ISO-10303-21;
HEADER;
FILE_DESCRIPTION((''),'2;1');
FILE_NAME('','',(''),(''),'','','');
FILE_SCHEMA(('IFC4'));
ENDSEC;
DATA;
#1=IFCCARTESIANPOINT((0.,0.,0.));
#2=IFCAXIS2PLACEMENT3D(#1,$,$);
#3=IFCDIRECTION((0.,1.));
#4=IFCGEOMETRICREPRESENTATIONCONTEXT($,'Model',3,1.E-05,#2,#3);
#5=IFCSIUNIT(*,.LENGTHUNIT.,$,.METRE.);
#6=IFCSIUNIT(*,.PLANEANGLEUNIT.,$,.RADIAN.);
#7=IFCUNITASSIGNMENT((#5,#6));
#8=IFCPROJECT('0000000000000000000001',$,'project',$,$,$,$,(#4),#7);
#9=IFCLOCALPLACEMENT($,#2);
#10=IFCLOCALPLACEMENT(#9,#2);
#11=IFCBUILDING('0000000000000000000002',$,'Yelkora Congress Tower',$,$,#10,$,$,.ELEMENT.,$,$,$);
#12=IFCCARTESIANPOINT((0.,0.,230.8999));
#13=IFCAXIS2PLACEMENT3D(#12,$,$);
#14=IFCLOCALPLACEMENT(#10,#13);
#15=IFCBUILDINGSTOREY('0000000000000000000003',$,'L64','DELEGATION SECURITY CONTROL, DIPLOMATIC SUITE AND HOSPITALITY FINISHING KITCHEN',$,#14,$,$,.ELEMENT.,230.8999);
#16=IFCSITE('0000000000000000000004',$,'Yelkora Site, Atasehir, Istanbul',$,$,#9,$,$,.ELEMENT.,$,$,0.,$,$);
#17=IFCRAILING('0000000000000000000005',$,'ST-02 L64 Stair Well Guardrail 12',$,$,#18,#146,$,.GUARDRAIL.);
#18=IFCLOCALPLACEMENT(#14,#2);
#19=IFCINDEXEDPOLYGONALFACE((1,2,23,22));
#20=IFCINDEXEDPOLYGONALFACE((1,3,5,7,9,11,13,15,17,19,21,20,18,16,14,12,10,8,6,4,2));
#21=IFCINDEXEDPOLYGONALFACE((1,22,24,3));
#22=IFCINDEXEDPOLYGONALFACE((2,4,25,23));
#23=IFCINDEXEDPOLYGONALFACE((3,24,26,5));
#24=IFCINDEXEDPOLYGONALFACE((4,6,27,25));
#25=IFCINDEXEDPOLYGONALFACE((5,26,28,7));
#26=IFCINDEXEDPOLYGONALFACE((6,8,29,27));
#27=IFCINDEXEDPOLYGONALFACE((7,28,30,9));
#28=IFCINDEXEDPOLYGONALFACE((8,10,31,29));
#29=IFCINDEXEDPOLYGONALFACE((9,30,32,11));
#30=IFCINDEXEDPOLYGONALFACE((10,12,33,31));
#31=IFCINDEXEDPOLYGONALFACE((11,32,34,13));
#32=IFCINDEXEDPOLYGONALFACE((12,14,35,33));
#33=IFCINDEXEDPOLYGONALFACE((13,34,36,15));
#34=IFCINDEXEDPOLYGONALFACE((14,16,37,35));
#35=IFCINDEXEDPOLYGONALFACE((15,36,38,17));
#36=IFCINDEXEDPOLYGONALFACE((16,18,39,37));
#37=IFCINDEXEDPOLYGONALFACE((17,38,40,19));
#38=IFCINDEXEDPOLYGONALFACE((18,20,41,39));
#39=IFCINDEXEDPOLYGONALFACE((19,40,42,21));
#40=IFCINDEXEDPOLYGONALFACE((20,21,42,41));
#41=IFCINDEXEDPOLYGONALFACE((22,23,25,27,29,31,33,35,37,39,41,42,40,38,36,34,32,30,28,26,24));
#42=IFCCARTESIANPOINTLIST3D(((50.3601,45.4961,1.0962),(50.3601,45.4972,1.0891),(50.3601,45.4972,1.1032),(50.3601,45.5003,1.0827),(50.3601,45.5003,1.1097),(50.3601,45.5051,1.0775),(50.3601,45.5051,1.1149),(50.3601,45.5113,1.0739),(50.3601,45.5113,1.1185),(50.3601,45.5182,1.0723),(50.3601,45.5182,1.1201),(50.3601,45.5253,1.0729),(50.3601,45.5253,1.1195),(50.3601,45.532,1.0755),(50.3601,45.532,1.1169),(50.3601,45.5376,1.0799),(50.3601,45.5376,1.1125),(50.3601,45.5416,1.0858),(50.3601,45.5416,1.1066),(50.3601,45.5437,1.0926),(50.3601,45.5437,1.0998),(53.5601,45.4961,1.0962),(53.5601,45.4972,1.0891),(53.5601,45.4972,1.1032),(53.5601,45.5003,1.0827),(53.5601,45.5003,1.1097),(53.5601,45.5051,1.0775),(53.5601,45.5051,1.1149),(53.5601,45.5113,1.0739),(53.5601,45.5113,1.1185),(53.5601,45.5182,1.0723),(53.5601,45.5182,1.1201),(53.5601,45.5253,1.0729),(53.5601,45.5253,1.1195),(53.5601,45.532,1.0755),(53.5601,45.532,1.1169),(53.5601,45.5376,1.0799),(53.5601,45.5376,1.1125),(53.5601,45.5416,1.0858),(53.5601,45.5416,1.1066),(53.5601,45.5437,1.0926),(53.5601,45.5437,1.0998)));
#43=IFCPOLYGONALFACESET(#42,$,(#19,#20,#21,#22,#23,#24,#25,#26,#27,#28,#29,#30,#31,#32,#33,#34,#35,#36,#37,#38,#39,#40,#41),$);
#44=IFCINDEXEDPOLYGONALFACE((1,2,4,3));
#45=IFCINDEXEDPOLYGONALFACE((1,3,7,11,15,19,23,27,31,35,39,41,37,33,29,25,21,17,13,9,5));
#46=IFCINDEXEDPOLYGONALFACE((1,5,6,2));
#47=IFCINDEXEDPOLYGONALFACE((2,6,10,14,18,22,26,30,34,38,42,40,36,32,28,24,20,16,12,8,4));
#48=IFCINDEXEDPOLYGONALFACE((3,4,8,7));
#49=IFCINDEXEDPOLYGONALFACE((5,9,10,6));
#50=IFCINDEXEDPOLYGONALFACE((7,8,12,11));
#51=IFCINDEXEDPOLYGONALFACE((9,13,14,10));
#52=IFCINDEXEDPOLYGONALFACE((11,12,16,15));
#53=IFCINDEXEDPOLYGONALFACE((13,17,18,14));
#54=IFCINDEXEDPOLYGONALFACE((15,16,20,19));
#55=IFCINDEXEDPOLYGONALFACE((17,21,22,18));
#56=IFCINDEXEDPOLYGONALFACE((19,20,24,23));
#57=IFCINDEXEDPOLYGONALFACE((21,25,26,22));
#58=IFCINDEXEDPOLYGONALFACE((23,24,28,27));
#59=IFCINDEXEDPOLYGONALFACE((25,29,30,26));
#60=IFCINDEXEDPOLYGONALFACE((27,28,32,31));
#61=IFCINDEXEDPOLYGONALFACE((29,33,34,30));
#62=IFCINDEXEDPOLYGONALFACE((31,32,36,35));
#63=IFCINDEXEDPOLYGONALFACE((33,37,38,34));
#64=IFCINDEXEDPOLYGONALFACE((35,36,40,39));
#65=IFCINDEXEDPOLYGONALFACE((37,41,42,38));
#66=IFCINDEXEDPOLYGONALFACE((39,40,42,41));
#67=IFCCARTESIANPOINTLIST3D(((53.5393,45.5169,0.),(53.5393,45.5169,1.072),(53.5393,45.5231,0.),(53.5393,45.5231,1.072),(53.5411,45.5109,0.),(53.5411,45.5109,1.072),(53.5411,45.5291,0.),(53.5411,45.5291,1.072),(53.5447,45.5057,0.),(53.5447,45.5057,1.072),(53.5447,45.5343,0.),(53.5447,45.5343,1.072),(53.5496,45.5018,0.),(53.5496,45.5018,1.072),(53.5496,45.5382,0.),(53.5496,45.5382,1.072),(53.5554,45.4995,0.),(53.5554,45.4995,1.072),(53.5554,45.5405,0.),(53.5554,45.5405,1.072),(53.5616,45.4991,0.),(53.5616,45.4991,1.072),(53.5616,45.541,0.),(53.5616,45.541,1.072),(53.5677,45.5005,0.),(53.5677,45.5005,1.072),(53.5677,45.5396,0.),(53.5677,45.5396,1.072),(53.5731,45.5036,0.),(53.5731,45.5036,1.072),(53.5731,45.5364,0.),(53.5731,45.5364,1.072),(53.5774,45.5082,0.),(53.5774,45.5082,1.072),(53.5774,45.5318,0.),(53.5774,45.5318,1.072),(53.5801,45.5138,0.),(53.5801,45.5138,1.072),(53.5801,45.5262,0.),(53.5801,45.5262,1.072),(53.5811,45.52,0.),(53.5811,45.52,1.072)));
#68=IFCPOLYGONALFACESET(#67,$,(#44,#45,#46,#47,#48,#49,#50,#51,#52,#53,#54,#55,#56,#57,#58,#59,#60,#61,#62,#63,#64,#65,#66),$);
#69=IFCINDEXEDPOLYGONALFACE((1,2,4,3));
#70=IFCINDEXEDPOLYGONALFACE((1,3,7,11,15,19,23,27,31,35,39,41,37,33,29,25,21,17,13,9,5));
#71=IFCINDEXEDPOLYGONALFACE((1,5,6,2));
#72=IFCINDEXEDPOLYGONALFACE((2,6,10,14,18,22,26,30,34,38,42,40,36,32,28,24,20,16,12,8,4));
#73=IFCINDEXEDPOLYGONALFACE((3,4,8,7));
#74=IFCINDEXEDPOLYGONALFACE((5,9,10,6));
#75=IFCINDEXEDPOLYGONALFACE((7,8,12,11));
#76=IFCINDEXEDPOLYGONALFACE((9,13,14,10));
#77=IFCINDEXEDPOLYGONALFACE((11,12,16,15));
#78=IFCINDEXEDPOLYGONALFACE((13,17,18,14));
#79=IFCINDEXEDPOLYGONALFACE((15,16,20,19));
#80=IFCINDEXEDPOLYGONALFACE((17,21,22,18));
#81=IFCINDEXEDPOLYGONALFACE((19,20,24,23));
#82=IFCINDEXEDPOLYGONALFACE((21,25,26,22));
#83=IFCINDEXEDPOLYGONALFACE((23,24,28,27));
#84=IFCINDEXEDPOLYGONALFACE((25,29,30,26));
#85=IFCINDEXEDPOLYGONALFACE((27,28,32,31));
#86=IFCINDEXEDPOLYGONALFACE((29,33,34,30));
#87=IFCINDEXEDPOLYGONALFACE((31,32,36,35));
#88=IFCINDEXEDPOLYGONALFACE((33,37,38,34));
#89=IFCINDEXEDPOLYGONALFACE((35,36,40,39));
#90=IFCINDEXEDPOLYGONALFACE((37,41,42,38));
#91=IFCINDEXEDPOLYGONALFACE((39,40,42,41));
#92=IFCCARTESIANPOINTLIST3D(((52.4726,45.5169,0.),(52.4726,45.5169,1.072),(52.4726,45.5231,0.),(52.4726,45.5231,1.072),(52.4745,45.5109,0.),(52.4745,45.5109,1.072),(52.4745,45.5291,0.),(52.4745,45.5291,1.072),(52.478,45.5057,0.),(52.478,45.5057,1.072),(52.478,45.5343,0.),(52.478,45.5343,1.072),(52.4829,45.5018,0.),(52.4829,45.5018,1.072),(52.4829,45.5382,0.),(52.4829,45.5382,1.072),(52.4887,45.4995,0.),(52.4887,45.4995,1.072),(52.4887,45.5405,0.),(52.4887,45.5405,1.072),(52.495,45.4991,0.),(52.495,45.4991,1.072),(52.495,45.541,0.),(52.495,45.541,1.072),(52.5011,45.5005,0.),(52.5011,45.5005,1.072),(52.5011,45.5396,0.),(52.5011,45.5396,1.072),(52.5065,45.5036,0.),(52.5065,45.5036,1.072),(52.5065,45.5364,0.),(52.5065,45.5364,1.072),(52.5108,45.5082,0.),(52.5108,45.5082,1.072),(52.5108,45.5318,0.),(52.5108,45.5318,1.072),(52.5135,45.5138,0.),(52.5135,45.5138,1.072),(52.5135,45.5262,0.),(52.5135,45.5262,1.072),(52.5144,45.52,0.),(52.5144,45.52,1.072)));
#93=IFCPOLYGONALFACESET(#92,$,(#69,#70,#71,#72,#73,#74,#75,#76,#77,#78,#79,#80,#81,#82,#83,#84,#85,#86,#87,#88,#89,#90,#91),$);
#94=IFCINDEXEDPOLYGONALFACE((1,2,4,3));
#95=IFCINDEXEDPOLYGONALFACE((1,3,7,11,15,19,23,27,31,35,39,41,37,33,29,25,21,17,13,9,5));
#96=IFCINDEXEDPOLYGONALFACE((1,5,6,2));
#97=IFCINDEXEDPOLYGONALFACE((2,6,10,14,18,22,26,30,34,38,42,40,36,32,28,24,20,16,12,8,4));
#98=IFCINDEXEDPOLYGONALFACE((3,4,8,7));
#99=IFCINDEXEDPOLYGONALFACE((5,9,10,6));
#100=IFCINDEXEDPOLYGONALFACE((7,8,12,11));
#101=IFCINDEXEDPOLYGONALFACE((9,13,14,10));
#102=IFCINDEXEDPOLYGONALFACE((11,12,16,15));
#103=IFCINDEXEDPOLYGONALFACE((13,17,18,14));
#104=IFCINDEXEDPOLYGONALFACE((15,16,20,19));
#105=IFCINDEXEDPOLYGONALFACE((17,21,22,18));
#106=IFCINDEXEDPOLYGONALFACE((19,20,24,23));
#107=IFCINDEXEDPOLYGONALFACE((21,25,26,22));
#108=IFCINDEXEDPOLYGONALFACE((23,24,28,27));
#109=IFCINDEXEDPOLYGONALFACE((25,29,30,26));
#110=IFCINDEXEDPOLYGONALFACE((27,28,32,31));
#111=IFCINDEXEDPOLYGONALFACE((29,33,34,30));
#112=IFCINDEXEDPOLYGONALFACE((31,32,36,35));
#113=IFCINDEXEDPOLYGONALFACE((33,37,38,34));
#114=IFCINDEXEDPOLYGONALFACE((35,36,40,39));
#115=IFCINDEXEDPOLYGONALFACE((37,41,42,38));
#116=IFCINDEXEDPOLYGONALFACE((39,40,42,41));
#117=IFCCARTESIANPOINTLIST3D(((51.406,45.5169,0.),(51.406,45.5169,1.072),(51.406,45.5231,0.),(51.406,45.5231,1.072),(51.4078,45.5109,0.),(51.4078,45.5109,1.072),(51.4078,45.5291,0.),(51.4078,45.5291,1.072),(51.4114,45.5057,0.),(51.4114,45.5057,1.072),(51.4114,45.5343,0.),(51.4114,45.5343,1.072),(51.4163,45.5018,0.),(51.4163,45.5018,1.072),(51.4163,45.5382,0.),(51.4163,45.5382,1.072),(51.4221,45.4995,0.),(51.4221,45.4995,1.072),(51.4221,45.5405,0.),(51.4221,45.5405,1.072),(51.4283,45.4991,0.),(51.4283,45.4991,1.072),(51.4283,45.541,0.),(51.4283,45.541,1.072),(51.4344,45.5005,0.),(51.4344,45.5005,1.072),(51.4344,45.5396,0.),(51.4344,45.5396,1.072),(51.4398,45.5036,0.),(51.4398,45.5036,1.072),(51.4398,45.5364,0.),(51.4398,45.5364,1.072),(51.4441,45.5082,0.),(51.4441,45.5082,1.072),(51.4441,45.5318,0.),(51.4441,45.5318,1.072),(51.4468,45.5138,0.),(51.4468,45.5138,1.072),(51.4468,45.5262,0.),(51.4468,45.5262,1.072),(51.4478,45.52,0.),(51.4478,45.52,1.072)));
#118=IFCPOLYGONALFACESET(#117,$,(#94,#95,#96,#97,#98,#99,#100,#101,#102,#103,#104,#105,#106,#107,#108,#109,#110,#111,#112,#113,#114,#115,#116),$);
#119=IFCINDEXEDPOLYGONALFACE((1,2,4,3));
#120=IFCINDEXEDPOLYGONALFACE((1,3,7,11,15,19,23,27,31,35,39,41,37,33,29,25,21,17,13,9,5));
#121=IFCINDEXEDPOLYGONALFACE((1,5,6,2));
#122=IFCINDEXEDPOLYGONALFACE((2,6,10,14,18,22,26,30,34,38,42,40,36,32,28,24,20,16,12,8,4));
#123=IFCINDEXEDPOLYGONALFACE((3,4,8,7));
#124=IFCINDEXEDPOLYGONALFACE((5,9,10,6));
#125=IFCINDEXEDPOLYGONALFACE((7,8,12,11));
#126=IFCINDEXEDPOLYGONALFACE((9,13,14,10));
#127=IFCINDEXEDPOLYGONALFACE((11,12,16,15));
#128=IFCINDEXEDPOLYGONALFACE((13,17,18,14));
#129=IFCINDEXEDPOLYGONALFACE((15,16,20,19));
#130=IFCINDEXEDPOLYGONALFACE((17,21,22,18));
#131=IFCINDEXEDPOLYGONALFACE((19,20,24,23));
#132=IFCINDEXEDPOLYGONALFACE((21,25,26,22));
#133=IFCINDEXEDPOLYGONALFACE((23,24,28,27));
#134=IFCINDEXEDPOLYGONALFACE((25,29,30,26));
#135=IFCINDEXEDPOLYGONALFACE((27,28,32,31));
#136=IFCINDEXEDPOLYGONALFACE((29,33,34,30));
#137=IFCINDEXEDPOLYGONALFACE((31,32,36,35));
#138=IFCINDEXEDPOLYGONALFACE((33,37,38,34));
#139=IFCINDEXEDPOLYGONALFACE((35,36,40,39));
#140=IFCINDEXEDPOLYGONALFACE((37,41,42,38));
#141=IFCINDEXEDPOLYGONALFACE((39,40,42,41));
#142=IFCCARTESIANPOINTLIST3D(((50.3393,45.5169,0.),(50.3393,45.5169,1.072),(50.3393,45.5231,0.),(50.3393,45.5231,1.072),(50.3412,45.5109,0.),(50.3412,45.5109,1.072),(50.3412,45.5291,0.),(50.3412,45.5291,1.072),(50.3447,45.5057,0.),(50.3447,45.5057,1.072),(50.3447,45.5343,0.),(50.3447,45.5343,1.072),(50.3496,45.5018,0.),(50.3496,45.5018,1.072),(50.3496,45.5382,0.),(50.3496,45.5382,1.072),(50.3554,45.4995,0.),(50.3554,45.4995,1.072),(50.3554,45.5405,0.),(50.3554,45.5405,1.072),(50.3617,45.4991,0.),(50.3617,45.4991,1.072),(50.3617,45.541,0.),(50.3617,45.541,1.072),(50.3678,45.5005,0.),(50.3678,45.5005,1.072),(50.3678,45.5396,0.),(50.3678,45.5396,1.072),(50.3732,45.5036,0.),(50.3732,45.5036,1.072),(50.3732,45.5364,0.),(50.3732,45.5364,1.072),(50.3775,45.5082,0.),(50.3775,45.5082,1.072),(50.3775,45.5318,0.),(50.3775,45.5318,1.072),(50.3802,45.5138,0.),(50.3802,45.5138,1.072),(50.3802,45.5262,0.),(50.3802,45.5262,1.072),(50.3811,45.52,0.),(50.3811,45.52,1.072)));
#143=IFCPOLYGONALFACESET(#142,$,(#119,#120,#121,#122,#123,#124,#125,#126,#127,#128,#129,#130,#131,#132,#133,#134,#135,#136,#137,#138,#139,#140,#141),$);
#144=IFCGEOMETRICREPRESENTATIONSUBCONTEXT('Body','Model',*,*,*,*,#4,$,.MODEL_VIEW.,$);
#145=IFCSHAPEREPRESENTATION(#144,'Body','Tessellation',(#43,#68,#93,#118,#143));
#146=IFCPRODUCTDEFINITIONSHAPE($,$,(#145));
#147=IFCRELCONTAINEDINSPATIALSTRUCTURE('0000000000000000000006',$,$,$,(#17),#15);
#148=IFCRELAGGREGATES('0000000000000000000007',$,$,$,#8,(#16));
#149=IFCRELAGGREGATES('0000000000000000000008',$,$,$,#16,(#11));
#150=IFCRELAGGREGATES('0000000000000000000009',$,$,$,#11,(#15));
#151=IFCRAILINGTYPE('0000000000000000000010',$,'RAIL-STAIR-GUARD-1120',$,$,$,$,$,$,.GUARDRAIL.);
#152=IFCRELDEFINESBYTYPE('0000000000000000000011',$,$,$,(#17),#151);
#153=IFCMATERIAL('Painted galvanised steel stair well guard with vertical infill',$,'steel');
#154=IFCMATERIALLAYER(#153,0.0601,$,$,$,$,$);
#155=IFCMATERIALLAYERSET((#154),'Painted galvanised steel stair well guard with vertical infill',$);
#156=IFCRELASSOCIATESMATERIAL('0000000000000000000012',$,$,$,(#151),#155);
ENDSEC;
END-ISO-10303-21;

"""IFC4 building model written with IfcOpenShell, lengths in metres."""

from ifc_helpers import new_model, si_unit, direction, frame, origin, origin_2d, place, context, subcontext, project, spatial, circle, extrude, material, layer, layer_set, type_object, element, save


model = new_model("IFC4")

# Units and contexts
model_context = context("Model", 3, precision=1e-05, world=origin(), true_north=direction((0.0, 1.0)))
body_context = subcontext(model_context, "Body", "Model", "MODEL_VIEW")
ifc_project = project(units=[si_unit("LENGTHUNIT", "METRE"), si_unit("PLANEANGLEUNIT", "RADIAN")], contexts=[model_context])

# Site, building, storey
site_placement = place(None, origin())
site = spatial("IfcSite", under=ifc_project, at=site_placement, Name="Yelkora Site, Atasehir, Istanbul", CompositionType="ELEMENT", RefElevation=0.0)
building_placement = place(site_placement, origin())
building = spatial("IfcBuilding", under=site, at=building_placement, Name="Yelkora Congress Tower", CompositionType="ELEMENT")
storey_placement = place(building_placement, frame((0.0, 0.0, 230.8999)))
storey = spatial("IfcBuildingStorey", under=building, at=storey_placement, Name="L64", Description="DELEGATION SECURITY CONTROL, DIPLOMATIC SUITE AND HOSPITALITY FINISHING KITCHEN", CompositionType="ELEMENT", Elevation=230.8999)

# Railing
ifc_material_1 = material(Name="Painted galvanised steel stair well guard with vertical infill", Category="steel")
ifc_layer_1 = layer(ifc_material_1, 0.0601)
ifc_layer_set_1 = layer_set([ifc_layer_1], Name="Painted galvanised steel stair well guard with vertical infill")
railing_type_1 = type_object("IfcRailingType", Name="RAIL-STAIR-GUARD-1120", PredefinedType="GUARDRAIL", material=ifc_layer_set_1)
railing_1_placement = place(storey_placement, frame((53.5601, 45.52, 0.0)))
element("IfcRailing", 1, at=railing_1_placement, inside=storey, type_object=railing_type_1, Name="ST-02 L64 Stair Well Guardrail 12", PredefinedType="GUARDRAIL", context=body_context, shape_type="SweptSolid", body=[
    extrude(circle(Radius=0.0239, at=origin_2d()), frame((0.0, 0.0, 1.0962), z_axis=(-1.0, 0.0, 0.0), x_axis=(0.0, -1.0, 0.0)), (0.0, 0.0, 1.0), 3.2),
    extrude(circle(Radius=0.021, at=origin_2d()), origin(), (0.0, 0.0, 1.0), 1.072),
    extrude(circle(Radius=0.021, at=origin_2d()), frame((-1.0667, 0.0, 0.0)), (0.0, 0.0, 1.0), 1.072),
    extrude(circle(Radius=0.021, at=origin_2d()), frame((-2.1333, 0.0, 0.0)), (0.0, 0.0, 1.0), 1.072),
    extrude(circle(Radius=0.021, at=origin_2d()), frame((-3.2, 0.0, 0.0)), (0.0, 0.0, 1.0), 1.072),
])

save(model, "model.ifc")
